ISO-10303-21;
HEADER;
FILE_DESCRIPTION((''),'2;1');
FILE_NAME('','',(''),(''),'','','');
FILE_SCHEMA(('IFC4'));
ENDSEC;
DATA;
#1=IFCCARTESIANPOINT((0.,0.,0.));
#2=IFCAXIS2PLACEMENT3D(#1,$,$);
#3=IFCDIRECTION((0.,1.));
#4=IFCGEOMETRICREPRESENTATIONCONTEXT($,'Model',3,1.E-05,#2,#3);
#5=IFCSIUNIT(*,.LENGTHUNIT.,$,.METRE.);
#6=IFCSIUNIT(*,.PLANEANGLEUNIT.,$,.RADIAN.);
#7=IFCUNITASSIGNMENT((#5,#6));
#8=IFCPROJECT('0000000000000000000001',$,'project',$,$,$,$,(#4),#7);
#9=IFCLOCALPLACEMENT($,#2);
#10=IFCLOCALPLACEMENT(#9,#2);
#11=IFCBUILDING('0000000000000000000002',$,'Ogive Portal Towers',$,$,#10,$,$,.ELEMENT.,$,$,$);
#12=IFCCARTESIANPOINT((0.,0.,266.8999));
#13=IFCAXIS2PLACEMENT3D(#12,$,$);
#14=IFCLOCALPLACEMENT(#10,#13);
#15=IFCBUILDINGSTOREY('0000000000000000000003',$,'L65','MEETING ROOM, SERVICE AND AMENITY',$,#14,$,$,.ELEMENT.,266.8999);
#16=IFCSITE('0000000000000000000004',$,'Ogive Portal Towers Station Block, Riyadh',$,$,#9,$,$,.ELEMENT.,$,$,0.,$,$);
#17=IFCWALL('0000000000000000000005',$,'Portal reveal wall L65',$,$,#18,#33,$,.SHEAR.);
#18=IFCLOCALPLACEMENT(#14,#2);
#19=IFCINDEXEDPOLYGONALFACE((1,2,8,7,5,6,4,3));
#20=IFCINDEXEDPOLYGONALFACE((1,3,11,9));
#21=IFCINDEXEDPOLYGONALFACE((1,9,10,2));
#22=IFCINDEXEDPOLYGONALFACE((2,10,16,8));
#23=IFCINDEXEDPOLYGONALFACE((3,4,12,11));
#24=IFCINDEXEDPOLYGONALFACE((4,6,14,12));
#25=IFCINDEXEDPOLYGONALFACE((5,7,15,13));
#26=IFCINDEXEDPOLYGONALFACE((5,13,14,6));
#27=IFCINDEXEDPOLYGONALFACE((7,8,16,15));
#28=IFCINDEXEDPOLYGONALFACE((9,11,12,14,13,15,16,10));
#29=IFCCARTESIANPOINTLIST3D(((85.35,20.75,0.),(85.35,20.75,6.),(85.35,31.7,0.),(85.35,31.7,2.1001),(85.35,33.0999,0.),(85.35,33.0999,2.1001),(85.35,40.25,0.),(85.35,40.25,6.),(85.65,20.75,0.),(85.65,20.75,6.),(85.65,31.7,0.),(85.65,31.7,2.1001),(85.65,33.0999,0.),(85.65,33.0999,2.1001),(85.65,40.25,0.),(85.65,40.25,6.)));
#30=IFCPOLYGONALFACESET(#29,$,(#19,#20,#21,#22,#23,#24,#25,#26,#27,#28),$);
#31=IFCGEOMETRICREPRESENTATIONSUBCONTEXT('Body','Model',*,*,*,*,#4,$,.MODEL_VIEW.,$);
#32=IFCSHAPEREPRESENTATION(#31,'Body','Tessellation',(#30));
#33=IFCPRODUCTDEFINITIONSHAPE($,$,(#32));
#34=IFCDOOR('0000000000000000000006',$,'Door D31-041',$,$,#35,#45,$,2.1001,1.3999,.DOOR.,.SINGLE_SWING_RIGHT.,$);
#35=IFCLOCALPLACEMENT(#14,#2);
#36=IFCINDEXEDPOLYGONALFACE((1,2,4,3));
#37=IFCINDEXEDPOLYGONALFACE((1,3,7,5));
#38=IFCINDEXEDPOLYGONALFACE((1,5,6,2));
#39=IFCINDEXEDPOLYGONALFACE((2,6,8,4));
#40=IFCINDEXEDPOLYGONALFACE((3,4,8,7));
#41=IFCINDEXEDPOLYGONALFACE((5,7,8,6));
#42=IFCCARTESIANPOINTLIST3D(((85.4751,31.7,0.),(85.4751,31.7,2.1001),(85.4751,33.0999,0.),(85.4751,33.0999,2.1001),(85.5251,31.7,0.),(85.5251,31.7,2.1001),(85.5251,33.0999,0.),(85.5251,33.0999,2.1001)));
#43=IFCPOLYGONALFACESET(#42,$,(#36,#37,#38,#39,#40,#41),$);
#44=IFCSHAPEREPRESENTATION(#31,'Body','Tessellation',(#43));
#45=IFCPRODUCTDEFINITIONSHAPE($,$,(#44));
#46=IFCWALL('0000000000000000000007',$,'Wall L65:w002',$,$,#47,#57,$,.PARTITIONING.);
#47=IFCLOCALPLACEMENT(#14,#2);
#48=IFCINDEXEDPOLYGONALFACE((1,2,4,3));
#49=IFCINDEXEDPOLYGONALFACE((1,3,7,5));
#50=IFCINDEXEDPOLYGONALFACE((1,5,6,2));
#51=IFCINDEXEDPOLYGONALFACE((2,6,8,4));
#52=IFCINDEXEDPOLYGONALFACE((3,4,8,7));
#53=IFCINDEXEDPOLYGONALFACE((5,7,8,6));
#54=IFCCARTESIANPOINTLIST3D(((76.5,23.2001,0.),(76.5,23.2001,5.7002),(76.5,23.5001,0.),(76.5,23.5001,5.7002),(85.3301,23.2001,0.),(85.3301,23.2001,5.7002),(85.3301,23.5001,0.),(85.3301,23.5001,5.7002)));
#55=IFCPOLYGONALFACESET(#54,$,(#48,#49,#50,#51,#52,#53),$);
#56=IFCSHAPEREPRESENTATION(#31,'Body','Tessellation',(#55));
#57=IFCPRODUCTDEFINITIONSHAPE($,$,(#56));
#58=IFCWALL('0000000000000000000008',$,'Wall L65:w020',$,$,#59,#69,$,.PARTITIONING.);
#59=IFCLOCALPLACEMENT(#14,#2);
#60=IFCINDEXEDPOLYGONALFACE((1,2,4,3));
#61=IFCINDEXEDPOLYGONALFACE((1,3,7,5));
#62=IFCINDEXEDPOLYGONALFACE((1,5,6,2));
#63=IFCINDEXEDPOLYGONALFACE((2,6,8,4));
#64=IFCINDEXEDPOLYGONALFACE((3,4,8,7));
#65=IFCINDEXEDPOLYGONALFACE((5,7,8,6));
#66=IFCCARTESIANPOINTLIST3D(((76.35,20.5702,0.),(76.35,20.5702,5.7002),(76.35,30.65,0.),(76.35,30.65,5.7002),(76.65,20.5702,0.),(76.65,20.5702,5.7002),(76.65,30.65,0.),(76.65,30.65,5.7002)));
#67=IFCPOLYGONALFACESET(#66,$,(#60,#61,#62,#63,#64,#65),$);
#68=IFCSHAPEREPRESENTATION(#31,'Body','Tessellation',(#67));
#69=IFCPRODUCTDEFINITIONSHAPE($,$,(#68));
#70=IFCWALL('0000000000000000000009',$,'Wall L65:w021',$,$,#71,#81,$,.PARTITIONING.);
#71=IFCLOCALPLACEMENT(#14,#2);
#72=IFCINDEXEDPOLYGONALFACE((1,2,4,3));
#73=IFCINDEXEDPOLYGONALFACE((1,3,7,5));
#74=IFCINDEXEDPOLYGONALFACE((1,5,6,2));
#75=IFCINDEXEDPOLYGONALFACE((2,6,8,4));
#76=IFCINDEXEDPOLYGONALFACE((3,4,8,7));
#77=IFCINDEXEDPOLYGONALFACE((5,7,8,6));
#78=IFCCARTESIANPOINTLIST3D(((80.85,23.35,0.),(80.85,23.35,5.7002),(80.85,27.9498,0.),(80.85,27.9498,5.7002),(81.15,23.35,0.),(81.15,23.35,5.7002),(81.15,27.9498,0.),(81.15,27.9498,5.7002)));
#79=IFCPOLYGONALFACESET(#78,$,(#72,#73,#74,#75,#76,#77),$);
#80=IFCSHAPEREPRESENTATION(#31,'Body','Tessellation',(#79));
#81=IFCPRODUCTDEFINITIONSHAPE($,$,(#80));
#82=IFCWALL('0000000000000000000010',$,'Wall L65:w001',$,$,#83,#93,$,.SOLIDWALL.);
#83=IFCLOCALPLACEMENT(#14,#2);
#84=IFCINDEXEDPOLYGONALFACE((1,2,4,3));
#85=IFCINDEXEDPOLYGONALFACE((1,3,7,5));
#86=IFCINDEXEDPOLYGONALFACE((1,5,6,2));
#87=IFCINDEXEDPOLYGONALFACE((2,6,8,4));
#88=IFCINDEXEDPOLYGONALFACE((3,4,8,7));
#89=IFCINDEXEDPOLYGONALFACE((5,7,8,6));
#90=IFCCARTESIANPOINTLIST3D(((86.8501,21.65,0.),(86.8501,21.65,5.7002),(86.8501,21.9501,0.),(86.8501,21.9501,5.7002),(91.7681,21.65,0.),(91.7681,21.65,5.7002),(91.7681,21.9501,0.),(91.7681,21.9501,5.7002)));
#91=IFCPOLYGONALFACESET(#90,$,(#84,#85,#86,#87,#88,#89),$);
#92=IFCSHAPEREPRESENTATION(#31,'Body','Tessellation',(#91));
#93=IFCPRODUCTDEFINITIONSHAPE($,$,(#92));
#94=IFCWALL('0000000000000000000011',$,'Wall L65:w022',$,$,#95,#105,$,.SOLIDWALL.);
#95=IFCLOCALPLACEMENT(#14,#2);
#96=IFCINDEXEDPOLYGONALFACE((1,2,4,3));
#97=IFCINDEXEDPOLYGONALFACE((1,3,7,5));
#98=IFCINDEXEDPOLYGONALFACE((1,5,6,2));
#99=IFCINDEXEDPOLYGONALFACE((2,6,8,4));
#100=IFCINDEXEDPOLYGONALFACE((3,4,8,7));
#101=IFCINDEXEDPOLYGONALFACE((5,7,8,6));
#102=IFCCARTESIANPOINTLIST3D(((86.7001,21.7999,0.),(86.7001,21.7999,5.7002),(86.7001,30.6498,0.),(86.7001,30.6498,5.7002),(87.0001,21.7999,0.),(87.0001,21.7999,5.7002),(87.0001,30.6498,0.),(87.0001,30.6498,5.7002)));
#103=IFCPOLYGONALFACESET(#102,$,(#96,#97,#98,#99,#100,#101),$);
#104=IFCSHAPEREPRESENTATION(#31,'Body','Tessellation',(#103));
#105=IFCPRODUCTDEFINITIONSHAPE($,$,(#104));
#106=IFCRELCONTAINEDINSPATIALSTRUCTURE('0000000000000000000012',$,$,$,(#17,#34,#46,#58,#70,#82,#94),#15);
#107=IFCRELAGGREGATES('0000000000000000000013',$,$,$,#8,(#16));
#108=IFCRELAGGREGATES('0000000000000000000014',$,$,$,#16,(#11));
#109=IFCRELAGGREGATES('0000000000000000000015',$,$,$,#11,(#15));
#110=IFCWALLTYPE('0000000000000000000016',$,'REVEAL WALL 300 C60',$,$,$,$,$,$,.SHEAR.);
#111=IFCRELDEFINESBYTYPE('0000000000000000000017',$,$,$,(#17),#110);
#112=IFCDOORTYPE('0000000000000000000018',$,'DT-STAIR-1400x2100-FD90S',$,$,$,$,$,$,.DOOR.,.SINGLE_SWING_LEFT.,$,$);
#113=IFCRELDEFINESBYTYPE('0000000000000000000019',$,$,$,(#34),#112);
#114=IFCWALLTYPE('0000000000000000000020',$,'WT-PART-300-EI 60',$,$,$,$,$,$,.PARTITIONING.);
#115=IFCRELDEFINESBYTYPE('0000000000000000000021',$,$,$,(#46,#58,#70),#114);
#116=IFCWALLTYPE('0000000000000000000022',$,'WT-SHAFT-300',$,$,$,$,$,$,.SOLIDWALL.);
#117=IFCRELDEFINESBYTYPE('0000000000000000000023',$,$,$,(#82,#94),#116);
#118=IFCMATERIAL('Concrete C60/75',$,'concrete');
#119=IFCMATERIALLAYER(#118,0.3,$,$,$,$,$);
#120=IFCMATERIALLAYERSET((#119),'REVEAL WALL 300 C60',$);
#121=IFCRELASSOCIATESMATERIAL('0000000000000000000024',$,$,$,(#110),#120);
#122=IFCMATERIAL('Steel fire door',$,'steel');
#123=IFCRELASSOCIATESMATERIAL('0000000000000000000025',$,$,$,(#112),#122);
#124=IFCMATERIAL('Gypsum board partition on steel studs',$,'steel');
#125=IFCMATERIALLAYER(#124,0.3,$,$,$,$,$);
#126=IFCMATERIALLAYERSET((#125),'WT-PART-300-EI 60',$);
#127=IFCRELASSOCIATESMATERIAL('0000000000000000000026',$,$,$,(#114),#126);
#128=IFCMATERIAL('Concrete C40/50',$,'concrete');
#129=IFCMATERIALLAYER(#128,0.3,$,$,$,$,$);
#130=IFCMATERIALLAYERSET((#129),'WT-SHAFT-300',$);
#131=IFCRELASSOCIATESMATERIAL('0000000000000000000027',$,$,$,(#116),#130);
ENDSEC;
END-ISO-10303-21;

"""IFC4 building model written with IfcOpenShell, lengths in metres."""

from ifc_helpers import new_model, si_unit, direction, frame, frame_2d, origin, place, context, subcontext, project, spatial, rectangle, extrude, material, layer, layer_set, type_object, element, fill, save


model = new_model("IFC4")

# Units and contexts
model_context = context("Model", 3, precision=1e-05, world=origin(), true_north=direction((0.0, 1.0)))
body_context = subcontext(model_context, "Body", "Model", "MODEL_VIEW")
ifc_project = project(units=[si_unit("LENGTHUNIT", "METRE"), si_unit("PLANEANGLEUNIT", "RADIAN")], contexts=[model_context])

# Site, building, storey
site_placement = place(None, origin())
site = spatial("IfcSite", under=ifc_project, at=site_placement, Name="Ogive Portal Towers Station Block, Riyadh", CompositionType="ELEMENT", RefElevation=0.0)
building_placement = place(site_placement, origin())
building = spatial("IfcBuilding", under=site, at=building_placement, Name="Ogive Portal Towers", CompositionType="ELEMENT")
storey_placement = place(building_placement, frame((0.0, 0.0, 266.8999)))
storey = spatial("IfcBuildingStorey", under=building, at=storey_placement, Name="L65", Description="MEETING ROOM, SERVICE AND AMENITY", CompositionType="ELEMENT", Elevation=266.8999)

# Shared definitions
ifc_material_1 = material(Name="Concrete C60/75", Category="concrete")

# Wall, opening, door
ifc_layer_1 = layer(ifc_material_1, 0.3)
ifc_layer_set_1 = layer_set([ifc_layer_1], Name="REVEAL WALL 300 C60")
wall_type_1 = type_object("IfcWallType", Name="REVEAL WALL 300 C60", PredefinedType="SHEAR", material=ifc_layer_set_1)
wall_1_placement = place(storey_placement, frame((85.5, 20.75, 0.0), z_axis=(0.0, 0.0, 1.0), x_axis=(0.0, 1.0, 0.0)))
wall_1 = element("IfcWall", 1, at=wall_1_placement, inside=storey, type_object=wall_type_1, Name="Portal reveal wall L65", PredefinedType="SHEAR", context=body_context, shape_type="SweptSolid", body=[
    extrude(rectangle(XDim=19.5, YDim=0.3, at=frame_2d((9.75, 0.0))), origin(), (0.0, 0.0, 1.0), 6.0),
])
opening_placement = place(wall_1_placement, frame((10.95, 0.0, 0.0)))
opening = element("IfcOpeningElement", 2, at=opening_placement, cuts=wall_1, PredefinedType="OPENING", context=body_context, shape_type="SweptSolid", body=[
    extrude(rectangle(XDim=1.3999, YDim=2.1001, at=frame_2d((0.7, 1.05))), frame((0.0, 0.1602, 0.0), z_axis=(0.0, -1.0, 0.0), x_axis=(1.0, 0.0, 0.0)), (0.0, 0.0, 1.0), 0.3201),
])
ifc_material_2 = material(Name="Steel fire door", Category="steel")
door_type = type_object("IfcDoorType", Name="DT-STAIR-1400x2100-FD90S", OperationType="SINGLE_SWING_LEFT", PredefinedType="DOOR", material=ifc_material_2)
door_placement = place(opening_placement, origin())
door = element("IfcDoor", 3, at=door_placement, inside=storey, type_object=door_type, Name="Door D31-041", OperationType="SINGLE_SWING_RIGHT", OverallHeight=2.1001, OverallWidth=1.3999, PredefinedType="DOOR", context=body_context, shape_type="SweptSolid", body=[
    extrude(rectangle(XDim=1.3999, YDim=2.1001, at=frame_2d((0.7, 1.05))), frame((0.0, 0.0249, 0.0), z_axis=(0.0, -1.0, 0.0), x_axis=(1.0, 0.0, 0.0)), (0.0, 0.0, 1.0), 0.05),
])
fill(opening, door)

# Walls
ifc_material_3 = material(Name="Gypsum board partition on steel studs", Category="steel")
ifc_layer_2 = layer(ifc_material_3, 0.3)
ifc_layer_set_2 = layer_set([ifc_layer_2], Name="WT-PART-300-EI 60")
wall_type_2 = type_object("IfcWallType", Name="WT-PART-300-EI 60", PredefinedType="PARTITIONING", material=ifc_layer_set_2)
wall_2_placement = place(storey_placement, frame((76.5, 23.3501, 0.0), z_axis=(0.0, 0.0, 1.0), x_axis=(1.0, 0.0, 0.0)))
element("IfcWall", 4, at=wall_2_placement, inside=storey, type_object=wall_type_2, Name="Wall L65:w002", PredefinedType="PARTITIONING", context=body_context, shape_type="SweptSolid", body=[
    extrude(rectangle(XDim=8.8301, YDim=0.3, at=frame_2d((4.415, 0.0))), origin(), (0.0, 0.0, 1.0), 5.7002),
])
wall_3_placement = place(storey_placement, frame((76.5, 20.5701, 0.0), z_axis=(0.0, 0.0, 1.0), x_axis=(0.0, 1.0, 0.0)))
element("IfcWall", 5, at=wall_3_placement, inside=storey, type_object=wall_type_2, Name="Wall L65:w020", PredefinedType="PARTITIONING", context=body_context, shape_type="SweptSolid", body=[
    extrude(rectangle(XDim=10.0798, YDim=0.3, at=frame_2d((5.04, 0.0))), origin(), (0.0, 0.0, 1.0), 5.7002),
])
wall_4_placement = place(storey_placement, frame((81.0, 23.3501, 0.0), z_axis=(0.0, 0.0, 1.0), x_axis=(0.0, 1.0, 0.0)))
element("IfcWall", 6, at=wall_4_placement, inside=storey, type_object=wall_type_2, Name="Wall L65:w021", PredefinedType="PARTITIONING", context=body_context, shape_type="SweptSolid", body=[
    extrude(rectangle(XDim=4.5999, YDim=0.3, at=frame_2d((2.2998, 0.0))), origin(), (0.0, 0.0, 1.0), 5.7002),
])
ifc_material_4 = material(Name="Concrete C40/50", Category="concrete")
ifc_layer_3 = layer(ifc_material_4, 0.3)
ifc_layer_set_3 = layer_set([ifc_layer_3], Name="WT-SHAFT-300")
wall_type_3 = type_object("IfcWallType", Name="WT-SHAFT-300", PredefinedType="SOLIDWALL", material=ifc_layer_set_3)
wall_5_placement = place(storey_placement, frame((86.8501, 21.8, 0.0), z_axis=(0.0, 0.0, 1.0), x_axis=(1.0, 0.0, 0.0)))
element("IfcWall", 7, at=wall_5_placement, inside=storey, type_object=wall_type_3, Name="Wall L65:w001", PredefinedType="SOLIDWALL", context=body_context, shape_type="SweptSolid", body=[
    extrude(rectangle(XDim=4.918, YDim=0.3, at=frame_2d((2.459, 0.0))), origin(), (0.0, 0.0, 1.0), 5.7002),
])
wall_6_placement = place(storey_placement, frame((86.8501, 21.8, 0.0), z_axis=(0.0, 0.0, 1.0), x_axis=(0.0, 1.0, 0.0)))
element("IfcWall", 8, at=wall_6_placement, inside=storey, type_object=wall_type_3, Name="Wall L65:w022", PredefinedType="SOLIDWALL", context=body_context, shape_type="SweptSolid", body=[
    extrude(rectangle(XDim=8.8499, YDim=0.3, at=frame_2d((4.4248, 0.0))), origin(), (0.0, 0.0, 1.0), 5.7002),
])

save(model, "model.ifc")
